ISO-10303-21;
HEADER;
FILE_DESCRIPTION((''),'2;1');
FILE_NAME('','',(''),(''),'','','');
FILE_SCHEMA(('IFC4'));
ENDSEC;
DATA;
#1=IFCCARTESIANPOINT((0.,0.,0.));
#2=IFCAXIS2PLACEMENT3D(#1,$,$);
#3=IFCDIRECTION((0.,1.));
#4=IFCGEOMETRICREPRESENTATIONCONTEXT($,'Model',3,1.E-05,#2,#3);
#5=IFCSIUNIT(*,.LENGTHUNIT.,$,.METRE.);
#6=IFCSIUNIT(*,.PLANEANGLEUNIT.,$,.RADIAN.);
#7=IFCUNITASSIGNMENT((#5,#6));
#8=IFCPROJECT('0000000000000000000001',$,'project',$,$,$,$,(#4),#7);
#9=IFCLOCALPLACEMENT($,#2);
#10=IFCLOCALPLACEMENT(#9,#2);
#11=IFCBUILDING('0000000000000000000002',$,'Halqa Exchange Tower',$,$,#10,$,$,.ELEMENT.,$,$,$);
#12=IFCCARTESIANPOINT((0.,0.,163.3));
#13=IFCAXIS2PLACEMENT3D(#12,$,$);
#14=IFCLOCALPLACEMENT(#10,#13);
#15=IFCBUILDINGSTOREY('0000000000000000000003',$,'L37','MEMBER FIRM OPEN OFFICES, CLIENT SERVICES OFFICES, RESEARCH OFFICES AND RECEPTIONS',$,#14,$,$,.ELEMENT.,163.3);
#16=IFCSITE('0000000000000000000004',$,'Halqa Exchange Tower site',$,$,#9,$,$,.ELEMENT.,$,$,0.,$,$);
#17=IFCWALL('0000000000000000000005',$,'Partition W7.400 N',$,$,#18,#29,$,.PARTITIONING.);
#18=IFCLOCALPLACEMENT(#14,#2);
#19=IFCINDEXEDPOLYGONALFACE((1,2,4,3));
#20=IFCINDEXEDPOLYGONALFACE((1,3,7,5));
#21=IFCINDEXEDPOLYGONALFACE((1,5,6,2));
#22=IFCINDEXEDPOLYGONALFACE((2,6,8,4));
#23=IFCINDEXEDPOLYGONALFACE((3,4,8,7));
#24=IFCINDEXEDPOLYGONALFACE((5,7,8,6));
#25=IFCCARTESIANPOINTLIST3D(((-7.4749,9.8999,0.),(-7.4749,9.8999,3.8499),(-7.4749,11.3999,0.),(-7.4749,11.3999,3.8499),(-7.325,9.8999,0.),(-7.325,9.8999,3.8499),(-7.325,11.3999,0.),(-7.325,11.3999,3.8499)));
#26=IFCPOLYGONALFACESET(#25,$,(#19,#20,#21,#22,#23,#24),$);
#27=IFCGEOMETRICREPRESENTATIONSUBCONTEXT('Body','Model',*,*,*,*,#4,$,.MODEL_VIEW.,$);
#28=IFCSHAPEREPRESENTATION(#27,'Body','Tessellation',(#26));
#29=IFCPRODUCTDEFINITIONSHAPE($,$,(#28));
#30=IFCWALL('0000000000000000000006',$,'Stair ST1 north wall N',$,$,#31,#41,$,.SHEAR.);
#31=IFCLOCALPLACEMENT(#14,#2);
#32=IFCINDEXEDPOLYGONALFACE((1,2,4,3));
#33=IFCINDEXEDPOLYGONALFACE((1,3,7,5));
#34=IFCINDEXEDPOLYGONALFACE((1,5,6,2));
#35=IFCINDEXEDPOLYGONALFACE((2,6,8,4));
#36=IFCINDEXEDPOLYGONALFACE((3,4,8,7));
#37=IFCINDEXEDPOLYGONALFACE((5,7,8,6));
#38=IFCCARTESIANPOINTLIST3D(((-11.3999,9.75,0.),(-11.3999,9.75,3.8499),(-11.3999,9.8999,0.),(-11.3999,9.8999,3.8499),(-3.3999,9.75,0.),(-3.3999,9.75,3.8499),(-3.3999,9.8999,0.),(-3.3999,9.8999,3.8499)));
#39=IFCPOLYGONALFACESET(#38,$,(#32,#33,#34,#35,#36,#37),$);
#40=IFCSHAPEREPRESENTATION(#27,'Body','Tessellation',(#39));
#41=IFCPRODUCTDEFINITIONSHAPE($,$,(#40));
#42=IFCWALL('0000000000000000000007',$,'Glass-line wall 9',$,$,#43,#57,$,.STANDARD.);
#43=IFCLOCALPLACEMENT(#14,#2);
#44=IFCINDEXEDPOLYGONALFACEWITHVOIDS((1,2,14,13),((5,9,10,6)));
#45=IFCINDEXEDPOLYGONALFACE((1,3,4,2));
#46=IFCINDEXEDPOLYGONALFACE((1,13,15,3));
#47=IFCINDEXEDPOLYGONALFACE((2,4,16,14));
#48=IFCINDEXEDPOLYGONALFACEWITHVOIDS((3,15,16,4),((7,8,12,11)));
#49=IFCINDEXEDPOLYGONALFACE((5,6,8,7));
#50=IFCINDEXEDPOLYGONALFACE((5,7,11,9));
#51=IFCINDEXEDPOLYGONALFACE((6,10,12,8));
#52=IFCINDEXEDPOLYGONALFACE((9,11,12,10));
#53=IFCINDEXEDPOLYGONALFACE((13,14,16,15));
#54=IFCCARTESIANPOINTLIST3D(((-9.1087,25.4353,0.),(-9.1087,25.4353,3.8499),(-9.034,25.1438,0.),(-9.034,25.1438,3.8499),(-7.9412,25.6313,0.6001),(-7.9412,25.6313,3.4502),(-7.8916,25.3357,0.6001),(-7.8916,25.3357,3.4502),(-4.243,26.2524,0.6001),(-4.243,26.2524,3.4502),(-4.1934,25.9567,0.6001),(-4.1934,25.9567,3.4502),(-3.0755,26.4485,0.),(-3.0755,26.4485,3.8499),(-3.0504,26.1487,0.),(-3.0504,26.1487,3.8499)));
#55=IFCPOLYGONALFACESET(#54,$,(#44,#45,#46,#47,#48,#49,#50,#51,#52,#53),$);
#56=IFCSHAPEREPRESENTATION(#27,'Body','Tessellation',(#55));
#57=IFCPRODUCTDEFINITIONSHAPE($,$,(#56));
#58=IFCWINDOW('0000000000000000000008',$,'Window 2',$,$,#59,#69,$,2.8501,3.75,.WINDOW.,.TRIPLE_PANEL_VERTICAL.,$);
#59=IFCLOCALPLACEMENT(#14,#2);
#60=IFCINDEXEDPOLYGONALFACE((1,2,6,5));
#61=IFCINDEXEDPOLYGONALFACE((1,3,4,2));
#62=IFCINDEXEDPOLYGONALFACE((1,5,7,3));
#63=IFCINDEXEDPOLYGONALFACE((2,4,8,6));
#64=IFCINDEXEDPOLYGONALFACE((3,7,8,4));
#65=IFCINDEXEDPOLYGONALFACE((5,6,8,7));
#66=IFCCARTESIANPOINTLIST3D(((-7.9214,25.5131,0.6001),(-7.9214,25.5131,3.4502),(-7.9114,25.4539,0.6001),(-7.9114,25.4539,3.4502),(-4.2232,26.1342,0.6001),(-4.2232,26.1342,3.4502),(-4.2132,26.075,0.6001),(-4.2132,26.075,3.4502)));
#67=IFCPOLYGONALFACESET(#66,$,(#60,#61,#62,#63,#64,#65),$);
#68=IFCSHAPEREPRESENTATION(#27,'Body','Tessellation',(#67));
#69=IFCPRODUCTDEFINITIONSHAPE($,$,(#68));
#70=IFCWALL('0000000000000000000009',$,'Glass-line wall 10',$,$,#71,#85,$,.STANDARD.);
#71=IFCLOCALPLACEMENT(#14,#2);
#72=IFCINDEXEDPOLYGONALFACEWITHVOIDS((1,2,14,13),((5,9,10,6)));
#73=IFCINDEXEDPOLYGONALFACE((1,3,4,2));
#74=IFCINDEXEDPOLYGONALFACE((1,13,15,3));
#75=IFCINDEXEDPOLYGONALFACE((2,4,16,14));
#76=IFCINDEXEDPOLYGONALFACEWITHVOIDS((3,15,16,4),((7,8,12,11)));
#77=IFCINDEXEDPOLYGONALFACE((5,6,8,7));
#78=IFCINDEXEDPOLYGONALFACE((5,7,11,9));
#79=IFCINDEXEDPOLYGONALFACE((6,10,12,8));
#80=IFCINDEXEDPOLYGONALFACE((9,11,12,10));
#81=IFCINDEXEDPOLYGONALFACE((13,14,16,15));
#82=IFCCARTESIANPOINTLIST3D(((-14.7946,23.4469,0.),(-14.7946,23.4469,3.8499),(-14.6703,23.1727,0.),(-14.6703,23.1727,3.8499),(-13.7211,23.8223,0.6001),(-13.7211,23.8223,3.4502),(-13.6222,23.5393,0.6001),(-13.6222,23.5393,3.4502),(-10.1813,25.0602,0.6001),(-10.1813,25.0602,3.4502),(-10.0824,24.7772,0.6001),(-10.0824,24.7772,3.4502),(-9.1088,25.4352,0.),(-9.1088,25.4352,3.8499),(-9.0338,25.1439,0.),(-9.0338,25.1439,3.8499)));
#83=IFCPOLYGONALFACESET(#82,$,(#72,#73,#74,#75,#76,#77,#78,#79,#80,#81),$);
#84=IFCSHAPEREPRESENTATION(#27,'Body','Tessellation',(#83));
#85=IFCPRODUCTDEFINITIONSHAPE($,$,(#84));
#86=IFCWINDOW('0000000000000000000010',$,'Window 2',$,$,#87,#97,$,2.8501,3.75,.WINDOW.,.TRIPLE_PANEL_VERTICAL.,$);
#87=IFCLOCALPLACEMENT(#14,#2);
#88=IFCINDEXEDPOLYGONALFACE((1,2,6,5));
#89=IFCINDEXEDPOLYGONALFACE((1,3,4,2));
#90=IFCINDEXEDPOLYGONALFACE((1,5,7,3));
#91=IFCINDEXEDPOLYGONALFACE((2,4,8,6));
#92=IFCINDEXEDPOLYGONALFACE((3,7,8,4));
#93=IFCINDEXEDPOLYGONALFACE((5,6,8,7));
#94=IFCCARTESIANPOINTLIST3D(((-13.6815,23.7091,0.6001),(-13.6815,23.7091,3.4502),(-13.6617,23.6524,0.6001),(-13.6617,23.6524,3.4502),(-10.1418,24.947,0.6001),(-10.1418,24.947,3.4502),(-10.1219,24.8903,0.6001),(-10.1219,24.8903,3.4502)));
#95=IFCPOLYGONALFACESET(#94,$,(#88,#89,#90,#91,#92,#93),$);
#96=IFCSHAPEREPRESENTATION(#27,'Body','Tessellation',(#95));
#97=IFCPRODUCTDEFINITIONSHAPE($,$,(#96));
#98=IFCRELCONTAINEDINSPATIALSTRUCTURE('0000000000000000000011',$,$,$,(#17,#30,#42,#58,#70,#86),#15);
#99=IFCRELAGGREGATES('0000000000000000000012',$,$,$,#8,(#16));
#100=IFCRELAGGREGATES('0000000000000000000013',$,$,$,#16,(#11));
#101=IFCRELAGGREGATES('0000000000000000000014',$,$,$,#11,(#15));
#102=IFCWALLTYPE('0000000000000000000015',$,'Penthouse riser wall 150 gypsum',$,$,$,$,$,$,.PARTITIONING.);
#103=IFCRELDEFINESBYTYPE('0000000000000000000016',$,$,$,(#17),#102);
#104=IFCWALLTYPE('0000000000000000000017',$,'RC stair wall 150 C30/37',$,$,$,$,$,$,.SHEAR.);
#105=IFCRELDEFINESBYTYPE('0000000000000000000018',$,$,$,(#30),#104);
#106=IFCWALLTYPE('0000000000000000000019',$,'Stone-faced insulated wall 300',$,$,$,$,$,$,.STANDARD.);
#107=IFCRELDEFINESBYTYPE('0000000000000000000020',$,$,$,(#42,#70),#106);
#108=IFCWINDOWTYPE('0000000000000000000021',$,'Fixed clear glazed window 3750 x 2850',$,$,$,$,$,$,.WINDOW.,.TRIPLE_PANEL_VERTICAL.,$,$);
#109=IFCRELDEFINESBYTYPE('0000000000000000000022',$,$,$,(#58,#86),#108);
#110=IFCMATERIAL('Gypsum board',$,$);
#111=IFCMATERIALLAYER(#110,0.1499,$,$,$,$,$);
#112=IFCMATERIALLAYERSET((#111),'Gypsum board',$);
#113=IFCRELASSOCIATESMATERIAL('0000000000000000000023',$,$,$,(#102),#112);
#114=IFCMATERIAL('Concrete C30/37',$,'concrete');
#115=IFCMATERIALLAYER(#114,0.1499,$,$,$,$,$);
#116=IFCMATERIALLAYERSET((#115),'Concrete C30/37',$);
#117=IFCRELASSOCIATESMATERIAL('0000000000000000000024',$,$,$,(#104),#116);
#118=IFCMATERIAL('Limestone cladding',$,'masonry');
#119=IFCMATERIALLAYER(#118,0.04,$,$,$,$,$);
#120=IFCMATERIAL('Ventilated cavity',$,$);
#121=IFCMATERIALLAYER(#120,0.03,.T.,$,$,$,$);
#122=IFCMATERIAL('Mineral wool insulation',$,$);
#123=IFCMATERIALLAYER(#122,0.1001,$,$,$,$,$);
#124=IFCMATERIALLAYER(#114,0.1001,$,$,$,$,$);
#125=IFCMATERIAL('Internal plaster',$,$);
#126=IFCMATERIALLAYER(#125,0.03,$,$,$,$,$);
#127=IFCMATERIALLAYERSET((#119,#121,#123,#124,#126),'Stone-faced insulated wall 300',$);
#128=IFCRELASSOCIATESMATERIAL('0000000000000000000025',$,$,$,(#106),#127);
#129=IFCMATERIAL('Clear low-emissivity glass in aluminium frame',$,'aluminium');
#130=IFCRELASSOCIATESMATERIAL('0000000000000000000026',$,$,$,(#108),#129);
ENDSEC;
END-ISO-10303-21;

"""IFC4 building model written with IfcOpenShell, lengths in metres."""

from ifc_helpers import new_model, si_unit, direction, frame, frame_2d, origin, place, context, subcontext, project, spatial, polyline, rectangle, outline, extrude, material, layer, layer_set, type_object, element, fill, save


model = new_model("IFC4")

# Units and contexts
model_context = context("Model", 3, precision=1e-05, world=origin(), true_north=direction((0.0, 1.0)))
body_context = subcontext(model_context, "Body", "Model", "MODEL_VIEW")
ifc_project = project(units=[si_unit("LENGTHUNIT", "METRE"), si_unit("PLANEANGLEUNIT", "RADIAN")], contexts=[model_context])

# Site, building, storey
site_placement = place(None, origin())
site = spatial("IfcSite", under=ifc_project, at=site_placement, Name="Halqa Exchange Tower site", CompositionType="ELEMENT", RefElevation=0.0)
building_placement = place(site_placement, origin())
building = spatial("IfcBuilding", under=site, at=building_placement, Name="Halqa Exchange Tower", CompositionType="ELEMENT")
storey_placement = place(building_placement, frame((0.0, 0.0, 163.3)))
storey = spatial("IfcBuildingStorey", under=building, at=storey_placement, Name="L37", Description="MEMBER FIRM OPEN OFFICES, CLIENT SERVICES OFFICES, RESEARCH OFFICES AND RECEPTIONS", CompositionType="ELEMENT", Elevation=163.3)

# Shared definitions
ifc_material_1 = material(Name="Gypsum board")

# Walls
ifc_layer_1 = layer(ifc_material_1, 0.1499)
ifc_layer_set_1 = layer_set([ifc_layer_1], Name="Gypsum board")
wall_type_1 = type_object("IfcWallType", Name="Penthouse riser wall 150 gypsum", PredefinedType="PARTITIONING", material=ifc_layer_set_1)
wall_1_placement = place(storey_placement, frame((-7.3999, 9.8999, 0.0), z_axis=(0.0, 0.0, 1.0), x_axis=(0.0, 1.0, 0.0)))
element("IfcWall", 1, at=wall_1_placement, inside=storey, type_object=wall_type_1, Name="Partition W7.400 N", PredefinedType="PARTITIONING", context=body_context, shape_type="SweptSolid", body=[
    extrude(rectangle(XDim=1.5, YDim=0.1499, at=frame_2d((0.75, 0.0))), origin(), (0.0, 0.0, 1.0), 3.8499),
])
ifc_material_2 = material(Name="Concrete C30/37", Category="concrete")
ifc_layer_2 = layer(ifc_material_2, 0.1499)
ifc_layer_set_2 = layer_set([ifc_layer_2], Name="Concrete C30/37")
wall_type_2 = type_object("IfcWallType", Name="RC stair wall 150 C30/37", PredefinedType="SHEAR", material=ifc_layer_set_2)
wall_2_placement = place(storey_placement, frame((-11.3999, 9.825, 0.0), z_axis=(0.0, 0.0, 1.0), x_axis=(1.0, 0.0, 0.0)))
element("IfcWall", 2, at=wall_2_placement, inside=storey, type_object=wall_type_2, Name="Stair ST1 north wall N", PredefinedType="SHEAR", context=body_context, shape_type="SweptSolid", body=[
    extrude(rectangle(XDim=8.0, YDim=0.1499, at=frame_2d((4.0, 0.0))), origin(), (0.0, 0.0, 1.0), 3.8499),
])

# Walls, openings, windows
ifc_material_3 = material(Name="Limestone cladding", Category="masonry")
ifc_layer_3 = layer(ifc_material_3, 0.04)
ifc_material_4 = material(Name="Ventilated cavity")
ifc_layer_4 = layer(ifc_material_4, 0.03, ventilated=True)
ifc_material_5 = material(Name="Mineral wool insulation")
ifc_layer_5 = layer(ifc_material_5, 0.1001)
ifc_layer_6 = layer(ifc_material_2, 0.1001)
ifc_material_6 = material(Name="Internal plaster")
ifc_layer_7 = layer(ifc_material_6, 0.03)
ifc_layer_set_3 = layer_set([ifc_layer_3, ifc_layer_4, ifc_layer_5, ifc_layer_6, ifc_layer_7], Name="Stone-faced insulated wall 300")
wall_type_3 = type_object("IfcWallType", Name="Stone-faced insulated wall 300", PredefinedType="STANDARD", material=ifc_layer_set_3)
wall_3_placement = place(storey_placement, frame((-3.063, 26.2986, 0.0), z_axis=(0.0, 0.0, 1.0), x_axis=(-0.98619, -0.165621, 0.0)))
wall_3 = element("IfcWall", 3, at=wall_3_placement, inside=storey, type_object=wall_type_3, Name="Glass-line wall 9", PredefinedType="STANDARD", context=body_context, shape_type="SweptSolid", body=[
    extrude(outline(polyline([(-0.0125, -0.1499), (6.1052, -0.1499), (6.0798, 0.1499), (0.0125, 0.1499), (-0.0125, -0.1499)])), origin(), (0.0, 0.0, 1.0), 3.8499),
])
opening_1_placement = place(wall_3_placement, frame((1.1714, 0.0, 0.6001)))
opening_1 = element("IfcOpeningElement", 4, at=opening_1_placement, cuts=wall_3, PredefinedType="OPENING", context=body_context, shape_type="SweptSolid", body=[
    extrude(rectangle(XDim=3.75, YDim=2.8501, at=frame_2d((1.875, 1.425))), frame((0.0, 0.1621, 0.0), z_axis=(0.0, -1.0, 0.0), x_axis=(1.0, 0.0, 0.0)), (0.0, 0.0, 1.0), 0.324),
])
ifc_material_7 = material(Name="Clear low-emissivity glass in aluminium frame", Category="aluminium")
window_type = type_object("IfcWindowType", Name="Fixed clear glazed window 3750 x 2850", PartitioningType="TRIPLE_PANEL_VERTICAL", PredefinedType="WINDOW", material=ifc_material_7)
window_1_placement = place(opening_1_placement, origin())
window_1 = element("IfcWindow", 5, at=window_1_placement, inside=storey, type_object=window_type, Name="Window 2", OverallHeight=2.8501, OverallWidth=3.75, PartitioningType="TRIPLE_PANEL_VERTICAL", PredefinedType="WINDOW", context=body_context, shape_type="SweptSolid", body=[
    extrude(rectangle(XDim=3.75, YDim=2.8501, at=frame_2d((1.875, 1.425))), frame((0.0, 0.03, 0.0), z_axis=(0.0, -1.0, 0.0), x_axis=(1.0, 0.0, 0.0)), (0.0, 0.0, 1.0), 0.0601),
])
fill(opening_1, window_1)
wall_4_placement = place(storey_placement, frame((-9.0713, 25.2896, 0.0), z_axis=(0.0, 0.0, 1.0), x_axis=(-0.943945, -0.330104, 0.0)))
wall_4 = element("IfcWall", 6, at=wall_4_placement, inside=storey, type_object=wall_type_3, Name="Glass-line wall 10", PredefinedType="STANDARD", context=body_context, shape_type="SweptSolid", body=[
    extrude(outline(polyline([(-0.0127, -0.1499), (6.0107, -0.1499), (5.9839, 0.1499), (0.0127, 0.1499), (-0.0127, -0.1499)])), origin(), (0.0, 0.0, 1.0), 3.8499),
])
opening_2_placement = place(wall_4_placement, frame((1.1235, 0.0, 0.6001)))
opening_2 = element("IfcOpeningElement", 7, at=opening_2_placement, cuts=wall_4, PredefinedType="OPENING", context=body_context, shape_type="SweptSolid", body=[
    extrude(rectangle(XDim=3.75, YDim=2.8501, at=frame_2d((1.875, 1.425))), frame((0.0, 0.1621, 0.0), z_axis=(0.0, -1.0, 0.0), x_axis=(1.0, 0.0, 0.0)), (0.0, 0.0, 1.0), 0.324),
])
window_2_placement = place(opening_2_placement, origin())
window_2 = element("IfcWindow", 8, at=window_2_placement, inside=storey, type_object=window_type, Name="Window 2", OverallHeight=2.8501, OverallWidth=3.75, PartitioningType="TRIPLE_PANEL_VERTICAL", PredefinedType="WINDOW", context=body_context, shape_type="SweptSolid", body=[
    extrude(rectangle(XDim=3.75, YDim=2.8501, at=frame_2d((1.875, 1.425))), frame((0.0, 0.03, 0.0), z_axis=(0.0, -1.0, 0.0), x_axis=(1.0, 0.0, 0.0)), (0.0, 0.0, 1.0), 0.0601),
])
fill(opening_2, window_2)

save(model, "model.ifc")
